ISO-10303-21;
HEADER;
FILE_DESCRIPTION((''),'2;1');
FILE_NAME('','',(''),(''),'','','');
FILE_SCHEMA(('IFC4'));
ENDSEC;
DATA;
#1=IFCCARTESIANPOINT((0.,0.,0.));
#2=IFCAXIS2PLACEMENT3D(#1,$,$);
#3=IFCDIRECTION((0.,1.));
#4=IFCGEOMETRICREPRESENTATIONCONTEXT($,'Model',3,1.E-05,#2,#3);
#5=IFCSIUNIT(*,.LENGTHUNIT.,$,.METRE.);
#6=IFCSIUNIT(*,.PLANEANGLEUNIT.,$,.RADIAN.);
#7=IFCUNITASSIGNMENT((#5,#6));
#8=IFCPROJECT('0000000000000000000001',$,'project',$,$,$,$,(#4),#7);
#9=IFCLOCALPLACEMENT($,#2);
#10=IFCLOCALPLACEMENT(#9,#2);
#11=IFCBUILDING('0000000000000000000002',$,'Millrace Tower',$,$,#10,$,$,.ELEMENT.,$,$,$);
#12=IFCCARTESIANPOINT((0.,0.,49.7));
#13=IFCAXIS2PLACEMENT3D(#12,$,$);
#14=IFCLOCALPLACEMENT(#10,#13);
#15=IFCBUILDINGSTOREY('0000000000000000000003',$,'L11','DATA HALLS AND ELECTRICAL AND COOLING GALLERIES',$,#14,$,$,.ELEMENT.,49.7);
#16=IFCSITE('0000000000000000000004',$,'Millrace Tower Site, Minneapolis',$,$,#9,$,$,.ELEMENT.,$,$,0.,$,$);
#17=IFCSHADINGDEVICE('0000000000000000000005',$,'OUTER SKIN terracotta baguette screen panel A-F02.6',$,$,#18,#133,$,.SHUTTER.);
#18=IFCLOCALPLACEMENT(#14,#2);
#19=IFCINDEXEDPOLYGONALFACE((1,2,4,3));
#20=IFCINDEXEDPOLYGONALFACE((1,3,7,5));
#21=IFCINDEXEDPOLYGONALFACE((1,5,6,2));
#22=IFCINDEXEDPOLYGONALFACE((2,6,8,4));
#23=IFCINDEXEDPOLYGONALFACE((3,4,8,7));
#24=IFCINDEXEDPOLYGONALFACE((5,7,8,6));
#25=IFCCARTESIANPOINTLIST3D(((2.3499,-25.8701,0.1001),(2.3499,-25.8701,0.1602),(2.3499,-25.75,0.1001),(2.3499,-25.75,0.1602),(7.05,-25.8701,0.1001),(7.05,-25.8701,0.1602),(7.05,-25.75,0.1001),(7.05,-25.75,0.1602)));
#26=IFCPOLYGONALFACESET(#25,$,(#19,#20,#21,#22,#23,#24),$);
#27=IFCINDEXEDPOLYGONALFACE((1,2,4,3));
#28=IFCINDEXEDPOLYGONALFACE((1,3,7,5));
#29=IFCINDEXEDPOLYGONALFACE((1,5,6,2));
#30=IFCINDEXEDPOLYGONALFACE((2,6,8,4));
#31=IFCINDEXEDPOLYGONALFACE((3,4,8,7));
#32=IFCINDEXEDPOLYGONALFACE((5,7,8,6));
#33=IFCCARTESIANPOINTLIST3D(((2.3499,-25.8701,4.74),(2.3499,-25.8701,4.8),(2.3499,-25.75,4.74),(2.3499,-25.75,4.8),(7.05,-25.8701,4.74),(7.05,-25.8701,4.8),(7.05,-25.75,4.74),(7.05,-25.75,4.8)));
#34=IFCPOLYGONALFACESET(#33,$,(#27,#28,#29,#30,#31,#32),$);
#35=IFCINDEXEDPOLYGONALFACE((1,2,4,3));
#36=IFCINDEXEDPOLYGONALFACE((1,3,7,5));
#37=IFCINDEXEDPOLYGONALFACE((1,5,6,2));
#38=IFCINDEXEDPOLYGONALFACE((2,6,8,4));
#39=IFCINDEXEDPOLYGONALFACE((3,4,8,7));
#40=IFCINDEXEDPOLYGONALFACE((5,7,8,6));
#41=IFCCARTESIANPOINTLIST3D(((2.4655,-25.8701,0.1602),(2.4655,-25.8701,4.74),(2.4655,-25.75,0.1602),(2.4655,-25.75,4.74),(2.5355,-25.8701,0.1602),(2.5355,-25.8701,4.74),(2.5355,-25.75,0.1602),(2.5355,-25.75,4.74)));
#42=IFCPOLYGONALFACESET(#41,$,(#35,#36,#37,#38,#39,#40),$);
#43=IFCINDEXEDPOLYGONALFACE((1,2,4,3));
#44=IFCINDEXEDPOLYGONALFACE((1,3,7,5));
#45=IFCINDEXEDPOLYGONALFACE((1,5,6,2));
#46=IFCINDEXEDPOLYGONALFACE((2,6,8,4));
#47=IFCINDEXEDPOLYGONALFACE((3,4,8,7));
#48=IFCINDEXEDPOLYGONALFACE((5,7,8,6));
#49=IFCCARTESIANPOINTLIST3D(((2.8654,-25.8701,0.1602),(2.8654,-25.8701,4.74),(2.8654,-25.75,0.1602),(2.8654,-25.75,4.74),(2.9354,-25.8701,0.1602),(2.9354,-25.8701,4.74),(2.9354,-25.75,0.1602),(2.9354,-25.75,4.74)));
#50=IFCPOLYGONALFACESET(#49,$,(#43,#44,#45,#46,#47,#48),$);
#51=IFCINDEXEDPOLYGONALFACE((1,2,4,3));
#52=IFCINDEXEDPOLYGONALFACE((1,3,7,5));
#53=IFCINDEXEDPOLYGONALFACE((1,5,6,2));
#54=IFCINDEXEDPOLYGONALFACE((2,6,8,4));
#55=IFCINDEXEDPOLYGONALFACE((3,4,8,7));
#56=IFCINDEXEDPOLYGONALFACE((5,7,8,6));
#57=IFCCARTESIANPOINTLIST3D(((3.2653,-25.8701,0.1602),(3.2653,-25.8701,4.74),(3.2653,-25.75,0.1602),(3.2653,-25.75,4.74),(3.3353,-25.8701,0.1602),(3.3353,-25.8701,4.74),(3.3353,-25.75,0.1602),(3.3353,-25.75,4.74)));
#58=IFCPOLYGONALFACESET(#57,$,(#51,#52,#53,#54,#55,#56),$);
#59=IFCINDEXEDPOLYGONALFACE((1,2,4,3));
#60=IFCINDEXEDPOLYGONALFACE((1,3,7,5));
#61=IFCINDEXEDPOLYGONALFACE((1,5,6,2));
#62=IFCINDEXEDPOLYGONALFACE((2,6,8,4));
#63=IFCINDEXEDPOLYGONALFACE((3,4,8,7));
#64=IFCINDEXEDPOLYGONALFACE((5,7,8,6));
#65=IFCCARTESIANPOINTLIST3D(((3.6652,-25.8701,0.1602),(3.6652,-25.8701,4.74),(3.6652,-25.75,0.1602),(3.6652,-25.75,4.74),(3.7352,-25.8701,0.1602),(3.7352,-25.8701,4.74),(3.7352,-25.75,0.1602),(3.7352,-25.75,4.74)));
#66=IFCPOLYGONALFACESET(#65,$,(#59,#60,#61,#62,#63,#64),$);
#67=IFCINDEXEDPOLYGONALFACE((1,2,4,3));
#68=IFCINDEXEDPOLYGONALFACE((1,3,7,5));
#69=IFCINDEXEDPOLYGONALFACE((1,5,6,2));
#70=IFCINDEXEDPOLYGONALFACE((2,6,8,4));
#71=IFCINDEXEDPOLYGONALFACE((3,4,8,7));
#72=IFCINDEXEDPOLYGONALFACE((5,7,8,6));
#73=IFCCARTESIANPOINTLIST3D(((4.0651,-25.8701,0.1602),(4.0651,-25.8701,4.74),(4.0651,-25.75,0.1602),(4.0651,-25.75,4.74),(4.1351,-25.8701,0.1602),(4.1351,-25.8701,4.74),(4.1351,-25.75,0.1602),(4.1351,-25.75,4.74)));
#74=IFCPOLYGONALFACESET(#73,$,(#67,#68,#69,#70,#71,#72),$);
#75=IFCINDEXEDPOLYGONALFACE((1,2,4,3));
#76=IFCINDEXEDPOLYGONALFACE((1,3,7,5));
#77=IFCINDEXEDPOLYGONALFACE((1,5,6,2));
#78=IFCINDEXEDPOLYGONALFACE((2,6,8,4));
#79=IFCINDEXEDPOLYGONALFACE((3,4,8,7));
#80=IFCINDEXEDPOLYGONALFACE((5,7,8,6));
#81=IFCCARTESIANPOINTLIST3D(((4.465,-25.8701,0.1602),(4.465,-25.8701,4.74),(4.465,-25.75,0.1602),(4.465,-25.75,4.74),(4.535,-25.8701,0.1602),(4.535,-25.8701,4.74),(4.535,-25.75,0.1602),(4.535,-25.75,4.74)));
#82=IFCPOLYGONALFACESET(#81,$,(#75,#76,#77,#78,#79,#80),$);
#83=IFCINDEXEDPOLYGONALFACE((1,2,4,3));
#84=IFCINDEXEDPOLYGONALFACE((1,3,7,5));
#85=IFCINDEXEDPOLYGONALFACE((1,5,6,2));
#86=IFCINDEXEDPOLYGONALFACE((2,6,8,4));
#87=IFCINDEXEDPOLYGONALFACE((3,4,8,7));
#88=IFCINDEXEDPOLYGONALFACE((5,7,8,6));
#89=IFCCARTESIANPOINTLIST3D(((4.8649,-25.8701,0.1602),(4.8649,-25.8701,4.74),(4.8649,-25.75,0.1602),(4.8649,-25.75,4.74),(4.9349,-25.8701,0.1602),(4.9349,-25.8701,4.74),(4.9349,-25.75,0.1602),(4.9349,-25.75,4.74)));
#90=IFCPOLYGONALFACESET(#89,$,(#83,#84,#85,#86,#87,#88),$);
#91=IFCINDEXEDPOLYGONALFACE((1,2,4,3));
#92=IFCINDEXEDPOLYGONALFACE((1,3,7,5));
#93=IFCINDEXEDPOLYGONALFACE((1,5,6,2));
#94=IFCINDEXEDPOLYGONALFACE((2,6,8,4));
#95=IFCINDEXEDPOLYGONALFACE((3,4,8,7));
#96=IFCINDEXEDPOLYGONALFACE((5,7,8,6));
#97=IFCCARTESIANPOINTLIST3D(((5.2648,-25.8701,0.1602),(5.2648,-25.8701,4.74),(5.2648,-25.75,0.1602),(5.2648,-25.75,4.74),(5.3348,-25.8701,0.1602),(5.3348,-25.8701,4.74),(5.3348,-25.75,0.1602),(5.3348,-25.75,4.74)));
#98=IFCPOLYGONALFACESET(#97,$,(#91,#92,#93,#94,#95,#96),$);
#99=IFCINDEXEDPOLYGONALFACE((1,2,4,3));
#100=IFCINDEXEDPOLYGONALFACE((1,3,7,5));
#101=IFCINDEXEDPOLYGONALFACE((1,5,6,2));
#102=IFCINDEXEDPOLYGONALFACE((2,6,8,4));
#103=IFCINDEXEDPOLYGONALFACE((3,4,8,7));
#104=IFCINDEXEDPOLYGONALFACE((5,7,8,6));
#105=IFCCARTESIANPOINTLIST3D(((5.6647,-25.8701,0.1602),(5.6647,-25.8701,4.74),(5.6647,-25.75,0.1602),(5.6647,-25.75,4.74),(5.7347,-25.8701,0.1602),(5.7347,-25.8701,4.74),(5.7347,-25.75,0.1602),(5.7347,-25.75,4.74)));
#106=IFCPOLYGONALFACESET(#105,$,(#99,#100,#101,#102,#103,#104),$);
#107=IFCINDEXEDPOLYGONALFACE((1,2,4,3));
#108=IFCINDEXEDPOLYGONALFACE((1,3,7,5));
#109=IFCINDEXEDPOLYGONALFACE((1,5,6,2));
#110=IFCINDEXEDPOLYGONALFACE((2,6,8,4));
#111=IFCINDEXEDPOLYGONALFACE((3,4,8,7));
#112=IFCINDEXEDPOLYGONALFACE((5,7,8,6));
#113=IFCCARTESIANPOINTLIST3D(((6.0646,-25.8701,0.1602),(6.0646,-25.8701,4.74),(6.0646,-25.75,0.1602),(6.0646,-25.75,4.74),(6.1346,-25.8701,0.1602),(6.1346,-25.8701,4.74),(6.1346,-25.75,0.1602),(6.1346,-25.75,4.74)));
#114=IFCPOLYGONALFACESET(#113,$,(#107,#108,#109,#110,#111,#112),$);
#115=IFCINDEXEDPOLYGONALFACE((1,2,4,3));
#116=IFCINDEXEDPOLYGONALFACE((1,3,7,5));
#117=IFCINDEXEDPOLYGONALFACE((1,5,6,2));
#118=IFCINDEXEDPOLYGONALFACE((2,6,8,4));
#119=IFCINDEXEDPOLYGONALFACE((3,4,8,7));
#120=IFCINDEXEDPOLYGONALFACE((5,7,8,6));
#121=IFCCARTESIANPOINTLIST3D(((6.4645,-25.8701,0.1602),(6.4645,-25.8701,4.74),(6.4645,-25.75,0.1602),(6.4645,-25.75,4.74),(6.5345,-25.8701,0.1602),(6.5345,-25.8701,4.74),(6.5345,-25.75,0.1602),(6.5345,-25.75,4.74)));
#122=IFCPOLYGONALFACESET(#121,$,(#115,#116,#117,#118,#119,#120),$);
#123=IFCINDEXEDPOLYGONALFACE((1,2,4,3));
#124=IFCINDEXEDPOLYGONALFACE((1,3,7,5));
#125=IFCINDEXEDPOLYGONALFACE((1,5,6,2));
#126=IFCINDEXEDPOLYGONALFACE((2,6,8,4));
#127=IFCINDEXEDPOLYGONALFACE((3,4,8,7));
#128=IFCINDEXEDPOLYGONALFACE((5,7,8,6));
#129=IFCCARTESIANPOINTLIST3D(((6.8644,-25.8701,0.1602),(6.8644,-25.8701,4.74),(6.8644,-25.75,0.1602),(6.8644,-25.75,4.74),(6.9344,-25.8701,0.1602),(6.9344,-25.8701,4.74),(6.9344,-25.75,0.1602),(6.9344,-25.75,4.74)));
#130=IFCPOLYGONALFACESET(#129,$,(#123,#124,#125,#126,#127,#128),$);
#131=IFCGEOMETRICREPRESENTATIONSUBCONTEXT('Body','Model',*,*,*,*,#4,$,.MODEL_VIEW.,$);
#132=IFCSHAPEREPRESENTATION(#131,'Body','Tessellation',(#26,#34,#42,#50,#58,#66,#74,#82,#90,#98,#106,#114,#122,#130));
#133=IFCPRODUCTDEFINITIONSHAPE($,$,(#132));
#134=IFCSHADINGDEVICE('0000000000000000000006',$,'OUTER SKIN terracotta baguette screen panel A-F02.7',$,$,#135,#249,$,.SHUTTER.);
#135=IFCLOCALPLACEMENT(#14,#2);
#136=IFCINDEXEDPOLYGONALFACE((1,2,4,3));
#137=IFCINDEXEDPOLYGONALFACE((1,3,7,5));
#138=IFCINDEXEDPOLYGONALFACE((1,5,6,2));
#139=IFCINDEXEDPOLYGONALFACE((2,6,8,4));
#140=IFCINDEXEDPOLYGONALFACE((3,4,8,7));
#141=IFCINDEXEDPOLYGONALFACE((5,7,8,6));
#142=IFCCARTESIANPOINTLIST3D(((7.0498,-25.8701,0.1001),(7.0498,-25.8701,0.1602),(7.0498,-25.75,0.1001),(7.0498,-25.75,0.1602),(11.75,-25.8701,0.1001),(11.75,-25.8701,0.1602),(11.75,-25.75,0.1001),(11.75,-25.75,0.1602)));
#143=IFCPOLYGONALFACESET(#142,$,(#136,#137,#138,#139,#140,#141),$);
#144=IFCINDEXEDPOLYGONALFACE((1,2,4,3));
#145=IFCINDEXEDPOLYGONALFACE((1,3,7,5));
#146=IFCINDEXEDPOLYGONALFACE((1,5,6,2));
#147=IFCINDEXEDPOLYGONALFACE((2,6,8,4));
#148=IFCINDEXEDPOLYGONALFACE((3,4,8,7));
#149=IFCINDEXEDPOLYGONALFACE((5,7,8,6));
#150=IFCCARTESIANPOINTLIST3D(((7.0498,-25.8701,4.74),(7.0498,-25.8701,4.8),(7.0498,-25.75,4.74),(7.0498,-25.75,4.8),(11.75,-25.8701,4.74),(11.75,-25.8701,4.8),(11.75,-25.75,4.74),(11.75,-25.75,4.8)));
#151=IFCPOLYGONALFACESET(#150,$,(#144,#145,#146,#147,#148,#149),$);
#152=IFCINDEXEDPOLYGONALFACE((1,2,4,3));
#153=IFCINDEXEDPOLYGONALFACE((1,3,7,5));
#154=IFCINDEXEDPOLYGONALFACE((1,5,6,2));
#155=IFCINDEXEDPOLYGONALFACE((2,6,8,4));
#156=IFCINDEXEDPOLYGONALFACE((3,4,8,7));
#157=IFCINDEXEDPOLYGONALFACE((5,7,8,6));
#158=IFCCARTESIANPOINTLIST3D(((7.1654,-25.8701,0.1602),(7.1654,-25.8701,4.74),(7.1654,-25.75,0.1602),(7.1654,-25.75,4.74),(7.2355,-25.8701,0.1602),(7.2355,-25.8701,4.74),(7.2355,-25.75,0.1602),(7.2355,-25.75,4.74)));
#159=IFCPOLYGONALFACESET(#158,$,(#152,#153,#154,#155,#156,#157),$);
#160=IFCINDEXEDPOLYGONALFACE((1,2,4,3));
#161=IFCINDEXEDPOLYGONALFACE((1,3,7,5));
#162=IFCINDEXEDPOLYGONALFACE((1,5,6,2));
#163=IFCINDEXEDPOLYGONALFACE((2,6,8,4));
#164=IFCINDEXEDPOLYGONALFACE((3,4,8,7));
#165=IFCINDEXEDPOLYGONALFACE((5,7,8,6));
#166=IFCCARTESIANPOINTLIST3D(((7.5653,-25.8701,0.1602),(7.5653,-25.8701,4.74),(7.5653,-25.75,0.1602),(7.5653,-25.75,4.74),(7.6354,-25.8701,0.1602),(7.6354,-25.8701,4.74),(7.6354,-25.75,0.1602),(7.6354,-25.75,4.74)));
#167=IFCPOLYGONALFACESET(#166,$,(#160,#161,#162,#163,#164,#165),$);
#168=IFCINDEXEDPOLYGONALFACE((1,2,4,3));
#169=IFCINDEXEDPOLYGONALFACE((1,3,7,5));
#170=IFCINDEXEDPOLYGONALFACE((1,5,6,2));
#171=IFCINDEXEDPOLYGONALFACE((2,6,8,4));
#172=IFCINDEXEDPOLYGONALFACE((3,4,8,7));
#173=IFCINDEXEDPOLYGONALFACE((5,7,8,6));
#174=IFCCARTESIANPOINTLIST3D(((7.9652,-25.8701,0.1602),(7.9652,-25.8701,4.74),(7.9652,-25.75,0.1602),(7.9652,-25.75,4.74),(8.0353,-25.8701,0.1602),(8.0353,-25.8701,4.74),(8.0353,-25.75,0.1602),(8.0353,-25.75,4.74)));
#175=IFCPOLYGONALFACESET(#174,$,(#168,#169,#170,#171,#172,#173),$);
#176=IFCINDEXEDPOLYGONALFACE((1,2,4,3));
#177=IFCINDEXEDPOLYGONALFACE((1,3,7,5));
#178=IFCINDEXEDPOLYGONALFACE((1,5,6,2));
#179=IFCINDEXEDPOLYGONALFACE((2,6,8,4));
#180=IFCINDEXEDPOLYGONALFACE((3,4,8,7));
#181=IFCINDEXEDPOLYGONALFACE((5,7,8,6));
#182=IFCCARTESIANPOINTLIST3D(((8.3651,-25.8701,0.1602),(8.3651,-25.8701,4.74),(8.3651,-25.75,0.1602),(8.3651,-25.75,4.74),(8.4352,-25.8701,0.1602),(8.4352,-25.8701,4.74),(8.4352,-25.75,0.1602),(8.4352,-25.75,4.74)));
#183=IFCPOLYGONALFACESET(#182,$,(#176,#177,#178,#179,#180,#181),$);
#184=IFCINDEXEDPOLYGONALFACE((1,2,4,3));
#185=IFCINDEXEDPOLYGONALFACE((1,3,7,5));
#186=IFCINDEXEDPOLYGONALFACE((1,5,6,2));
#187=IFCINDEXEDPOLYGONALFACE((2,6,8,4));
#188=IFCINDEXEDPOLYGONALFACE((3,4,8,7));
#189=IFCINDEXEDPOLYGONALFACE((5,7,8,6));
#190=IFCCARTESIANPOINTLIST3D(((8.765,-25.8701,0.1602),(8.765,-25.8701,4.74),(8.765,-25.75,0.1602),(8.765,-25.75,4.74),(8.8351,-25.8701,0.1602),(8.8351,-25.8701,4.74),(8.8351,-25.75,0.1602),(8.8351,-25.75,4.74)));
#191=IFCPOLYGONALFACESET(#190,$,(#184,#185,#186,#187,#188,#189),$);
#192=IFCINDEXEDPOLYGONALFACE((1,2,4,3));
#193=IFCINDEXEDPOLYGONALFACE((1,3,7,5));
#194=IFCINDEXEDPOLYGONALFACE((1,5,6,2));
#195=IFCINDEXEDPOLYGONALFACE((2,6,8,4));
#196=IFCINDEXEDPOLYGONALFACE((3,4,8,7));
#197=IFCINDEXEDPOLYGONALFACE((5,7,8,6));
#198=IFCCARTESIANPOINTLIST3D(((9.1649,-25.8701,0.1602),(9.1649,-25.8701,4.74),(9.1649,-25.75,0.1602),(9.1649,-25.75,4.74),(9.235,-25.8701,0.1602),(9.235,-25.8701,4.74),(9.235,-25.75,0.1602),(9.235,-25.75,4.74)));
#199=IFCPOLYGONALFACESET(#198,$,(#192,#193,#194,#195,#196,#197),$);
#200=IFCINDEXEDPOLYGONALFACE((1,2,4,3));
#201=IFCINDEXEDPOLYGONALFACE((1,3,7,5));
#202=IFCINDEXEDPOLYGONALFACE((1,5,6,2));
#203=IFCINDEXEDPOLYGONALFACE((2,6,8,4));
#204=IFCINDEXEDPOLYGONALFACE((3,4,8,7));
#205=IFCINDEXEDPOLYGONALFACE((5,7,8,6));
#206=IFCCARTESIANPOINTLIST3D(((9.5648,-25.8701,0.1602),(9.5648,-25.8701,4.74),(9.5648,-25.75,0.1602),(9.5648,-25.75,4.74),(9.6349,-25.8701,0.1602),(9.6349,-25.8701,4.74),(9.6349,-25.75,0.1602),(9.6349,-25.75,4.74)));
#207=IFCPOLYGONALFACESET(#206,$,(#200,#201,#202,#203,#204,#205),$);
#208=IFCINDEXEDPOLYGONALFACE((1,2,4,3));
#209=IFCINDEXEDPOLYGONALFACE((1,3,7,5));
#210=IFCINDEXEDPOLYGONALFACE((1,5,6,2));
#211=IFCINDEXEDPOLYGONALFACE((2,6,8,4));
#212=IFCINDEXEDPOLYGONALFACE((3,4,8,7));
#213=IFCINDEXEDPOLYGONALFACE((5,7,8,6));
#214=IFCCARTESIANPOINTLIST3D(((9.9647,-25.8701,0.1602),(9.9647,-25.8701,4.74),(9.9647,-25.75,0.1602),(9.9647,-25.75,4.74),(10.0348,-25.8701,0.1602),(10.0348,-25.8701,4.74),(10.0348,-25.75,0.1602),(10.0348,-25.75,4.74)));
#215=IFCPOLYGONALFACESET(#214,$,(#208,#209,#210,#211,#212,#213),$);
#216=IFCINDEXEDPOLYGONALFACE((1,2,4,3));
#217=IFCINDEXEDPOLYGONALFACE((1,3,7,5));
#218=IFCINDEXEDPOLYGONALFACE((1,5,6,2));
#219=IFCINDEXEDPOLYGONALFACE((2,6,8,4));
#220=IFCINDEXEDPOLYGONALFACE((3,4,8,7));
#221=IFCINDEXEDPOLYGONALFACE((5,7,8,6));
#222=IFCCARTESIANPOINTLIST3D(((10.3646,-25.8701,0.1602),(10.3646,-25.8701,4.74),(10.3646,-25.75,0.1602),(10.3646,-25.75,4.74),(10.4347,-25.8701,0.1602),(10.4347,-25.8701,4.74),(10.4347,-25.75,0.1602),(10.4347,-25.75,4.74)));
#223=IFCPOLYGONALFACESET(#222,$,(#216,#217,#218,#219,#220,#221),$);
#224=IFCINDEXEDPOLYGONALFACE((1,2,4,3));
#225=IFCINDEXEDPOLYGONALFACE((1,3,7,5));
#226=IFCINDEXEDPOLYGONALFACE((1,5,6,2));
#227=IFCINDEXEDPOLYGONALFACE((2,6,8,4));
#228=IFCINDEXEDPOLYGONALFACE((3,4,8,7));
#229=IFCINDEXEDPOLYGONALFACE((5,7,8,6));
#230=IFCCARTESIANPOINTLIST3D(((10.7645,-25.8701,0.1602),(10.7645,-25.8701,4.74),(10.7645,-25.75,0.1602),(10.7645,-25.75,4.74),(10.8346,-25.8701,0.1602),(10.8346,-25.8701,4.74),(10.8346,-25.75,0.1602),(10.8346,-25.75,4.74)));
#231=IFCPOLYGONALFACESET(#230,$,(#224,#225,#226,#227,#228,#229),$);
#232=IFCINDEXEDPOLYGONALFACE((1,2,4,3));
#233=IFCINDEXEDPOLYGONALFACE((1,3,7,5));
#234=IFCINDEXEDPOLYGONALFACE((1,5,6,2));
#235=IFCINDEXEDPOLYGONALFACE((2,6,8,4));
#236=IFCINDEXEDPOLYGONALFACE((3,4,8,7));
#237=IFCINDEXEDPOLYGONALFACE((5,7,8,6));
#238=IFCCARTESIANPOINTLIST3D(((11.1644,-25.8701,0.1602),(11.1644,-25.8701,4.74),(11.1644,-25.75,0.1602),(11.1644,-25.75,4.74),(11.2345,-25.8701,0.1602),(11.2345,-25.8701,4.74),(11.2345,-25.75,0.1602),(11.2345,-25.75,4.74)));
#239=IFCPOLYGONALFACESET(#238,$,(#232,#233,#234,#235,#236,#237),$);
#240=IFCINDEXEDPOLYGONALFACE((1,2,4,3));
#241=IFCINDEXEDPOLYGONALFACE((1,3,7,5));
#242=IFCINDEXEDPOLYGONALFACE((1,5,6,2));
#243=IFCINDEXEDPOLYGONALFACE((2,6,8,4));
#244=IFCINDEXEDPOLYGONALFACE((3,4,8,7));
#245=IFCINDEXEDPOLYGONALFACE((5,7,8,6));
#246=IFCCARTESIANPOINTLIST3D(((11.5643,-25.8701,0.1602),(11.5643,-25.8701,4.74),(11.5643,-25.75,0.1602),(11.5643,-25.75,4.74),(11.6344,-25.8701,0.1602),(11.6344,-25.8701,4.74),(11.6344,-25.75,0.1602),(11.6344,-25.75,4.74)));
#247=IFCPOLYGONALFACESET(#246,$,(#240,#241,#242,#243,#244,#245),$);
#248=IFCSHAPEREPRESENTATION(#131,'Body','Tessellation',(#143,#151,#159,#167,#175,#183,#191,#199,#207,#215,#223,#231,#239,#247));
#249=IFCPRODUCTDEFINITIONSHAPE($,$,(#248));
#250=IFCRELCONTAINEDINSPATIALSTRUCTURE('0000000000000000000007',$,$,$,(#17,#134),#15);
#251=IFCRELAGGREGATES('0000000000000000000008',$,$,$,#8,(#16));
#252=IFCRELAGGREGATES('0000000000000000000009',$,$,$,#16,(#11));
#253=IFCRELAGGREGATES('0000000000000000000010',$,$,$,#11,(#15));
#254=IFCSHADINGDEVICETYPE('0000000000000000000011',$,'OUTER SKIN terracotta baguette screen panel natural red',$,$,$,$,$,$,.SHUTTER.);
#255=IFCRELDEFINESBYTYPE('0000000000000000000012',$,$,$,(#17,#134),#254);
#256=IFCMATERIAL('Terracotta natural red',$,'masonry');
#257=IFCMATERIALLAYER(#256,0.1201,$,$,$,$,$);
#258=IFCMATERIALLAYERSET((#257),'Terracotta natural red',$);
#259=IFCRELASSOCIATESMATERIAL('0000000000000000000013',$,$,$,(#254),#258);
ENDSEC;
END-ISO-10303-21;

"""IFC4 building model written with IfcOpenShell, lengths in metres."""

from ifc_helpers import new_model, entity, si_unit, direction, frame, frame_2d, origin, place, context, subcontext, project, spatial, rectangle, extrude, source, transform, mapped, material, layer, layer_set, type_object, element, save


model = new_model("IFC4")

# Units and contexts
model_context = context("Model", 3, precision=1e-05, world=origin(), true_north=direction((0.0, 1.0)))
body_context = subcontext(model_context, "Body", "Model", "MODEL_VIEW")
ifc_project = project(units=[si_unit("LENGTHUNIT", "METRE"), si_unit("PLANEANGLEUNIT", "RADIAN")], contexts=[model_context])

# Site, building, storey
site_placement = place(None, origin())
site = spatial("IfcSite", under=ifc_project, at=site_placement, Name="Millrace Tower Site, Minneapolis", CompositionType="ELEMENT", RefElevation=0.0)
building_placement = place(site_placement, origin())
building = spatial("IfcBuilding", under=site, at=building_placement, Name="Millrace Tower", CompositionType="ELEMENT")
storey_placement = place(building_placement, frame((0.0, 0.0, 49.7)))
storey = spatial("IfcBuildingStorey", under=building, at=storey_placement, Name="L11", Description="DATA HALLS AND ELECTRICAL AND COOLING GALLERIES", CompositionType="ELEMENT", Elevation=49.7)

# Shading devices
ifc_material_1 = material(Name="Terracotta natural red", Category="masonry")
ifc_layer_1 = layer(ifc_material_1, 0.1201)
ifc_layer_set_1 = layer_set([ifc_layer_1], Name="Terracotta natural red")
shading_device_type = type_object("IfcShadingDeviceType", Name="OUTER SKIN terracotta baguette screen panel natural red", PredefinedType="SHUTTER", material=ifc_layer_set_1)
cartesian_point = entity("IfcCartesianPoint", [-2.3501, 0.0601])
shared_polyline = entity("IfcPolyline", [cartesian_point, entity("IfcCartesianPoint", [2.3501, 0.0601]), entity("IfcCartesianPoint", [2.3501, -0.0601]), entity("IfcCartesianPoint", [-2.3501, -0.0601]), cartesian_point])
shared_shape = source(origin(), body_context, "Body", "SweptSolid", [
    entity("IfcExtrudedAreaSolid", entity("IfcArbitraryClosedProfileDef", "AREA", None, shared_polyline), entity("IfcAxis2Placement3D", entity("IfcCartesianPoint", [0.0, 0.0, 0.0])), entity("IfcDirection", [0.0, 0.0, 1.0]), 0.0601),
    entity("IfcExtrudedAreaSolid", entity("IfcArbitraryClosedProfileDef", "AREA", None, shared_polyline), entity("IfcAxis2Placement3D", entity("IfcCartesianPoint", [0.0, 0.0, 4.6399])), entity("IfcDirection", [0.0, 0.0, 1.0]), 0.0601),
    extrude(rectangle(XDim=0.0701, YDim=0.1201, at=frame_2d((-2.1995, 0.0))), frame((0.0, 0.0, 0.0601)), (0.0, 0.0, 1.0), 4.5798),
    extrude(rectangle(XDim=0.0701, YDim=0.1201, at=frame_2d((-1.7996, 0.0))), frame((0.0, 0.0, 0.0601)), (0.0, 0.0, 1.0), 4.5798),
    extrude(rectangle(XDim=0.0701, YDim=0.1201, at=frame_2d((-1.3997, 0.0))), frame((0.0, 0.0, 0.0601)), (0.0, 0.0, 1.0), 4.5798),
    extrude(rectangle(XDim=0.0701, YDim=0.1201, at=frame_2d((-0.9998, 0.0))), frame((0.0, 0.0, 0.0601)), (0.0, 0.0, 1.0), 4.5798),
    extrude(rectangle(XDim=0.0701, YDim=0.1201, at=frame_2d((-0.5999, 0.0))), frame((0.0, 0.0, 0.0601)), (0.0, 0.0, 1.0), 4.5798),
    extrude(rectangle(XDim=0.0701, YDim=0.1201, at=frame_2d((-0.2, 0.0))), frame((0.0, 0.0, 0.0601)), (0.0, 0.0, 1.0), 4.5798),
    extrude(rectangle(XDim=0.0701, YDim=0.1201, at=frame_2d((0.2, 0.0))), frame((0.0, 0.0, 0.0601)), (0.0, 0.0, 1.0), 4.5798),
    extrude(rectangle(XDim=0.0701, YDim=0.1201, at=frame_2d((0.5999, 0.0))), frame((0.0, 0.0, 0.0601)), (0.0, 0.0, 1.0), 4.5798),
    extrude(rectangle(XDim=0.0701, YDim=0.1201, at=frame_2d((0.9998, 0.0))), frame((0.0, 0.0, 0.0601)), (0.0, 0.0, 1.0), 4.5798),
    extrude(rectangle(XDim=0.0701, YDim=0.1201, at=frame_2d((1.3997, 0.0))), frame((0.0, 0.0, 0.0601)), (0.0, 0.0, 1.0), 4.5798),
    extrude(rectangle(XDim=0.0701, YDim=0.1201, at=frame_2d((1.7996, 0.0))), frame((0.0, 0.0, 0.0601)), (0.0, 0.0, 1.0), 4.5798),
    extrude(rectangle(XDim=0.0701, YDim=0.1201, at=frame_2d((2.1995, 0.0))), frame((0.0, 0.0, 0.0601)), (0.0, 0.0, 1.0), 4.5798),
])
for number, where, z_axis, x_axis, name in (
    (1, (4.7, -25.8101, 0.1001), (0.0, 0.0, 1.0), (1.0, 0.0, 0.0), "OUTER SKIN terracotta baguette screen panel A-F02.6"),
    (2, (9.3999, -25.8101, 0.1001), (0.0, 0.0, 1.0), (1.0, 0.0, 0.0), "OUTER SKIN terracotta baguette screen panel A-F02.7"),
):
    element("IfcShadingDevice", number, at=place(storey_placement, frame(where, z_axis=z_axis, x_axis=x_axis)), inside=storey, type_object=shading_device_type, Name=name, PredefinedType="SHUTTER", context=body_context, shape_type="MappedRepresentation", body=[
        mapped(shared_shape, transform((0.0, 0.0, 0.0), scale=1.0)),
    ])

save(model, "model.ifc")
